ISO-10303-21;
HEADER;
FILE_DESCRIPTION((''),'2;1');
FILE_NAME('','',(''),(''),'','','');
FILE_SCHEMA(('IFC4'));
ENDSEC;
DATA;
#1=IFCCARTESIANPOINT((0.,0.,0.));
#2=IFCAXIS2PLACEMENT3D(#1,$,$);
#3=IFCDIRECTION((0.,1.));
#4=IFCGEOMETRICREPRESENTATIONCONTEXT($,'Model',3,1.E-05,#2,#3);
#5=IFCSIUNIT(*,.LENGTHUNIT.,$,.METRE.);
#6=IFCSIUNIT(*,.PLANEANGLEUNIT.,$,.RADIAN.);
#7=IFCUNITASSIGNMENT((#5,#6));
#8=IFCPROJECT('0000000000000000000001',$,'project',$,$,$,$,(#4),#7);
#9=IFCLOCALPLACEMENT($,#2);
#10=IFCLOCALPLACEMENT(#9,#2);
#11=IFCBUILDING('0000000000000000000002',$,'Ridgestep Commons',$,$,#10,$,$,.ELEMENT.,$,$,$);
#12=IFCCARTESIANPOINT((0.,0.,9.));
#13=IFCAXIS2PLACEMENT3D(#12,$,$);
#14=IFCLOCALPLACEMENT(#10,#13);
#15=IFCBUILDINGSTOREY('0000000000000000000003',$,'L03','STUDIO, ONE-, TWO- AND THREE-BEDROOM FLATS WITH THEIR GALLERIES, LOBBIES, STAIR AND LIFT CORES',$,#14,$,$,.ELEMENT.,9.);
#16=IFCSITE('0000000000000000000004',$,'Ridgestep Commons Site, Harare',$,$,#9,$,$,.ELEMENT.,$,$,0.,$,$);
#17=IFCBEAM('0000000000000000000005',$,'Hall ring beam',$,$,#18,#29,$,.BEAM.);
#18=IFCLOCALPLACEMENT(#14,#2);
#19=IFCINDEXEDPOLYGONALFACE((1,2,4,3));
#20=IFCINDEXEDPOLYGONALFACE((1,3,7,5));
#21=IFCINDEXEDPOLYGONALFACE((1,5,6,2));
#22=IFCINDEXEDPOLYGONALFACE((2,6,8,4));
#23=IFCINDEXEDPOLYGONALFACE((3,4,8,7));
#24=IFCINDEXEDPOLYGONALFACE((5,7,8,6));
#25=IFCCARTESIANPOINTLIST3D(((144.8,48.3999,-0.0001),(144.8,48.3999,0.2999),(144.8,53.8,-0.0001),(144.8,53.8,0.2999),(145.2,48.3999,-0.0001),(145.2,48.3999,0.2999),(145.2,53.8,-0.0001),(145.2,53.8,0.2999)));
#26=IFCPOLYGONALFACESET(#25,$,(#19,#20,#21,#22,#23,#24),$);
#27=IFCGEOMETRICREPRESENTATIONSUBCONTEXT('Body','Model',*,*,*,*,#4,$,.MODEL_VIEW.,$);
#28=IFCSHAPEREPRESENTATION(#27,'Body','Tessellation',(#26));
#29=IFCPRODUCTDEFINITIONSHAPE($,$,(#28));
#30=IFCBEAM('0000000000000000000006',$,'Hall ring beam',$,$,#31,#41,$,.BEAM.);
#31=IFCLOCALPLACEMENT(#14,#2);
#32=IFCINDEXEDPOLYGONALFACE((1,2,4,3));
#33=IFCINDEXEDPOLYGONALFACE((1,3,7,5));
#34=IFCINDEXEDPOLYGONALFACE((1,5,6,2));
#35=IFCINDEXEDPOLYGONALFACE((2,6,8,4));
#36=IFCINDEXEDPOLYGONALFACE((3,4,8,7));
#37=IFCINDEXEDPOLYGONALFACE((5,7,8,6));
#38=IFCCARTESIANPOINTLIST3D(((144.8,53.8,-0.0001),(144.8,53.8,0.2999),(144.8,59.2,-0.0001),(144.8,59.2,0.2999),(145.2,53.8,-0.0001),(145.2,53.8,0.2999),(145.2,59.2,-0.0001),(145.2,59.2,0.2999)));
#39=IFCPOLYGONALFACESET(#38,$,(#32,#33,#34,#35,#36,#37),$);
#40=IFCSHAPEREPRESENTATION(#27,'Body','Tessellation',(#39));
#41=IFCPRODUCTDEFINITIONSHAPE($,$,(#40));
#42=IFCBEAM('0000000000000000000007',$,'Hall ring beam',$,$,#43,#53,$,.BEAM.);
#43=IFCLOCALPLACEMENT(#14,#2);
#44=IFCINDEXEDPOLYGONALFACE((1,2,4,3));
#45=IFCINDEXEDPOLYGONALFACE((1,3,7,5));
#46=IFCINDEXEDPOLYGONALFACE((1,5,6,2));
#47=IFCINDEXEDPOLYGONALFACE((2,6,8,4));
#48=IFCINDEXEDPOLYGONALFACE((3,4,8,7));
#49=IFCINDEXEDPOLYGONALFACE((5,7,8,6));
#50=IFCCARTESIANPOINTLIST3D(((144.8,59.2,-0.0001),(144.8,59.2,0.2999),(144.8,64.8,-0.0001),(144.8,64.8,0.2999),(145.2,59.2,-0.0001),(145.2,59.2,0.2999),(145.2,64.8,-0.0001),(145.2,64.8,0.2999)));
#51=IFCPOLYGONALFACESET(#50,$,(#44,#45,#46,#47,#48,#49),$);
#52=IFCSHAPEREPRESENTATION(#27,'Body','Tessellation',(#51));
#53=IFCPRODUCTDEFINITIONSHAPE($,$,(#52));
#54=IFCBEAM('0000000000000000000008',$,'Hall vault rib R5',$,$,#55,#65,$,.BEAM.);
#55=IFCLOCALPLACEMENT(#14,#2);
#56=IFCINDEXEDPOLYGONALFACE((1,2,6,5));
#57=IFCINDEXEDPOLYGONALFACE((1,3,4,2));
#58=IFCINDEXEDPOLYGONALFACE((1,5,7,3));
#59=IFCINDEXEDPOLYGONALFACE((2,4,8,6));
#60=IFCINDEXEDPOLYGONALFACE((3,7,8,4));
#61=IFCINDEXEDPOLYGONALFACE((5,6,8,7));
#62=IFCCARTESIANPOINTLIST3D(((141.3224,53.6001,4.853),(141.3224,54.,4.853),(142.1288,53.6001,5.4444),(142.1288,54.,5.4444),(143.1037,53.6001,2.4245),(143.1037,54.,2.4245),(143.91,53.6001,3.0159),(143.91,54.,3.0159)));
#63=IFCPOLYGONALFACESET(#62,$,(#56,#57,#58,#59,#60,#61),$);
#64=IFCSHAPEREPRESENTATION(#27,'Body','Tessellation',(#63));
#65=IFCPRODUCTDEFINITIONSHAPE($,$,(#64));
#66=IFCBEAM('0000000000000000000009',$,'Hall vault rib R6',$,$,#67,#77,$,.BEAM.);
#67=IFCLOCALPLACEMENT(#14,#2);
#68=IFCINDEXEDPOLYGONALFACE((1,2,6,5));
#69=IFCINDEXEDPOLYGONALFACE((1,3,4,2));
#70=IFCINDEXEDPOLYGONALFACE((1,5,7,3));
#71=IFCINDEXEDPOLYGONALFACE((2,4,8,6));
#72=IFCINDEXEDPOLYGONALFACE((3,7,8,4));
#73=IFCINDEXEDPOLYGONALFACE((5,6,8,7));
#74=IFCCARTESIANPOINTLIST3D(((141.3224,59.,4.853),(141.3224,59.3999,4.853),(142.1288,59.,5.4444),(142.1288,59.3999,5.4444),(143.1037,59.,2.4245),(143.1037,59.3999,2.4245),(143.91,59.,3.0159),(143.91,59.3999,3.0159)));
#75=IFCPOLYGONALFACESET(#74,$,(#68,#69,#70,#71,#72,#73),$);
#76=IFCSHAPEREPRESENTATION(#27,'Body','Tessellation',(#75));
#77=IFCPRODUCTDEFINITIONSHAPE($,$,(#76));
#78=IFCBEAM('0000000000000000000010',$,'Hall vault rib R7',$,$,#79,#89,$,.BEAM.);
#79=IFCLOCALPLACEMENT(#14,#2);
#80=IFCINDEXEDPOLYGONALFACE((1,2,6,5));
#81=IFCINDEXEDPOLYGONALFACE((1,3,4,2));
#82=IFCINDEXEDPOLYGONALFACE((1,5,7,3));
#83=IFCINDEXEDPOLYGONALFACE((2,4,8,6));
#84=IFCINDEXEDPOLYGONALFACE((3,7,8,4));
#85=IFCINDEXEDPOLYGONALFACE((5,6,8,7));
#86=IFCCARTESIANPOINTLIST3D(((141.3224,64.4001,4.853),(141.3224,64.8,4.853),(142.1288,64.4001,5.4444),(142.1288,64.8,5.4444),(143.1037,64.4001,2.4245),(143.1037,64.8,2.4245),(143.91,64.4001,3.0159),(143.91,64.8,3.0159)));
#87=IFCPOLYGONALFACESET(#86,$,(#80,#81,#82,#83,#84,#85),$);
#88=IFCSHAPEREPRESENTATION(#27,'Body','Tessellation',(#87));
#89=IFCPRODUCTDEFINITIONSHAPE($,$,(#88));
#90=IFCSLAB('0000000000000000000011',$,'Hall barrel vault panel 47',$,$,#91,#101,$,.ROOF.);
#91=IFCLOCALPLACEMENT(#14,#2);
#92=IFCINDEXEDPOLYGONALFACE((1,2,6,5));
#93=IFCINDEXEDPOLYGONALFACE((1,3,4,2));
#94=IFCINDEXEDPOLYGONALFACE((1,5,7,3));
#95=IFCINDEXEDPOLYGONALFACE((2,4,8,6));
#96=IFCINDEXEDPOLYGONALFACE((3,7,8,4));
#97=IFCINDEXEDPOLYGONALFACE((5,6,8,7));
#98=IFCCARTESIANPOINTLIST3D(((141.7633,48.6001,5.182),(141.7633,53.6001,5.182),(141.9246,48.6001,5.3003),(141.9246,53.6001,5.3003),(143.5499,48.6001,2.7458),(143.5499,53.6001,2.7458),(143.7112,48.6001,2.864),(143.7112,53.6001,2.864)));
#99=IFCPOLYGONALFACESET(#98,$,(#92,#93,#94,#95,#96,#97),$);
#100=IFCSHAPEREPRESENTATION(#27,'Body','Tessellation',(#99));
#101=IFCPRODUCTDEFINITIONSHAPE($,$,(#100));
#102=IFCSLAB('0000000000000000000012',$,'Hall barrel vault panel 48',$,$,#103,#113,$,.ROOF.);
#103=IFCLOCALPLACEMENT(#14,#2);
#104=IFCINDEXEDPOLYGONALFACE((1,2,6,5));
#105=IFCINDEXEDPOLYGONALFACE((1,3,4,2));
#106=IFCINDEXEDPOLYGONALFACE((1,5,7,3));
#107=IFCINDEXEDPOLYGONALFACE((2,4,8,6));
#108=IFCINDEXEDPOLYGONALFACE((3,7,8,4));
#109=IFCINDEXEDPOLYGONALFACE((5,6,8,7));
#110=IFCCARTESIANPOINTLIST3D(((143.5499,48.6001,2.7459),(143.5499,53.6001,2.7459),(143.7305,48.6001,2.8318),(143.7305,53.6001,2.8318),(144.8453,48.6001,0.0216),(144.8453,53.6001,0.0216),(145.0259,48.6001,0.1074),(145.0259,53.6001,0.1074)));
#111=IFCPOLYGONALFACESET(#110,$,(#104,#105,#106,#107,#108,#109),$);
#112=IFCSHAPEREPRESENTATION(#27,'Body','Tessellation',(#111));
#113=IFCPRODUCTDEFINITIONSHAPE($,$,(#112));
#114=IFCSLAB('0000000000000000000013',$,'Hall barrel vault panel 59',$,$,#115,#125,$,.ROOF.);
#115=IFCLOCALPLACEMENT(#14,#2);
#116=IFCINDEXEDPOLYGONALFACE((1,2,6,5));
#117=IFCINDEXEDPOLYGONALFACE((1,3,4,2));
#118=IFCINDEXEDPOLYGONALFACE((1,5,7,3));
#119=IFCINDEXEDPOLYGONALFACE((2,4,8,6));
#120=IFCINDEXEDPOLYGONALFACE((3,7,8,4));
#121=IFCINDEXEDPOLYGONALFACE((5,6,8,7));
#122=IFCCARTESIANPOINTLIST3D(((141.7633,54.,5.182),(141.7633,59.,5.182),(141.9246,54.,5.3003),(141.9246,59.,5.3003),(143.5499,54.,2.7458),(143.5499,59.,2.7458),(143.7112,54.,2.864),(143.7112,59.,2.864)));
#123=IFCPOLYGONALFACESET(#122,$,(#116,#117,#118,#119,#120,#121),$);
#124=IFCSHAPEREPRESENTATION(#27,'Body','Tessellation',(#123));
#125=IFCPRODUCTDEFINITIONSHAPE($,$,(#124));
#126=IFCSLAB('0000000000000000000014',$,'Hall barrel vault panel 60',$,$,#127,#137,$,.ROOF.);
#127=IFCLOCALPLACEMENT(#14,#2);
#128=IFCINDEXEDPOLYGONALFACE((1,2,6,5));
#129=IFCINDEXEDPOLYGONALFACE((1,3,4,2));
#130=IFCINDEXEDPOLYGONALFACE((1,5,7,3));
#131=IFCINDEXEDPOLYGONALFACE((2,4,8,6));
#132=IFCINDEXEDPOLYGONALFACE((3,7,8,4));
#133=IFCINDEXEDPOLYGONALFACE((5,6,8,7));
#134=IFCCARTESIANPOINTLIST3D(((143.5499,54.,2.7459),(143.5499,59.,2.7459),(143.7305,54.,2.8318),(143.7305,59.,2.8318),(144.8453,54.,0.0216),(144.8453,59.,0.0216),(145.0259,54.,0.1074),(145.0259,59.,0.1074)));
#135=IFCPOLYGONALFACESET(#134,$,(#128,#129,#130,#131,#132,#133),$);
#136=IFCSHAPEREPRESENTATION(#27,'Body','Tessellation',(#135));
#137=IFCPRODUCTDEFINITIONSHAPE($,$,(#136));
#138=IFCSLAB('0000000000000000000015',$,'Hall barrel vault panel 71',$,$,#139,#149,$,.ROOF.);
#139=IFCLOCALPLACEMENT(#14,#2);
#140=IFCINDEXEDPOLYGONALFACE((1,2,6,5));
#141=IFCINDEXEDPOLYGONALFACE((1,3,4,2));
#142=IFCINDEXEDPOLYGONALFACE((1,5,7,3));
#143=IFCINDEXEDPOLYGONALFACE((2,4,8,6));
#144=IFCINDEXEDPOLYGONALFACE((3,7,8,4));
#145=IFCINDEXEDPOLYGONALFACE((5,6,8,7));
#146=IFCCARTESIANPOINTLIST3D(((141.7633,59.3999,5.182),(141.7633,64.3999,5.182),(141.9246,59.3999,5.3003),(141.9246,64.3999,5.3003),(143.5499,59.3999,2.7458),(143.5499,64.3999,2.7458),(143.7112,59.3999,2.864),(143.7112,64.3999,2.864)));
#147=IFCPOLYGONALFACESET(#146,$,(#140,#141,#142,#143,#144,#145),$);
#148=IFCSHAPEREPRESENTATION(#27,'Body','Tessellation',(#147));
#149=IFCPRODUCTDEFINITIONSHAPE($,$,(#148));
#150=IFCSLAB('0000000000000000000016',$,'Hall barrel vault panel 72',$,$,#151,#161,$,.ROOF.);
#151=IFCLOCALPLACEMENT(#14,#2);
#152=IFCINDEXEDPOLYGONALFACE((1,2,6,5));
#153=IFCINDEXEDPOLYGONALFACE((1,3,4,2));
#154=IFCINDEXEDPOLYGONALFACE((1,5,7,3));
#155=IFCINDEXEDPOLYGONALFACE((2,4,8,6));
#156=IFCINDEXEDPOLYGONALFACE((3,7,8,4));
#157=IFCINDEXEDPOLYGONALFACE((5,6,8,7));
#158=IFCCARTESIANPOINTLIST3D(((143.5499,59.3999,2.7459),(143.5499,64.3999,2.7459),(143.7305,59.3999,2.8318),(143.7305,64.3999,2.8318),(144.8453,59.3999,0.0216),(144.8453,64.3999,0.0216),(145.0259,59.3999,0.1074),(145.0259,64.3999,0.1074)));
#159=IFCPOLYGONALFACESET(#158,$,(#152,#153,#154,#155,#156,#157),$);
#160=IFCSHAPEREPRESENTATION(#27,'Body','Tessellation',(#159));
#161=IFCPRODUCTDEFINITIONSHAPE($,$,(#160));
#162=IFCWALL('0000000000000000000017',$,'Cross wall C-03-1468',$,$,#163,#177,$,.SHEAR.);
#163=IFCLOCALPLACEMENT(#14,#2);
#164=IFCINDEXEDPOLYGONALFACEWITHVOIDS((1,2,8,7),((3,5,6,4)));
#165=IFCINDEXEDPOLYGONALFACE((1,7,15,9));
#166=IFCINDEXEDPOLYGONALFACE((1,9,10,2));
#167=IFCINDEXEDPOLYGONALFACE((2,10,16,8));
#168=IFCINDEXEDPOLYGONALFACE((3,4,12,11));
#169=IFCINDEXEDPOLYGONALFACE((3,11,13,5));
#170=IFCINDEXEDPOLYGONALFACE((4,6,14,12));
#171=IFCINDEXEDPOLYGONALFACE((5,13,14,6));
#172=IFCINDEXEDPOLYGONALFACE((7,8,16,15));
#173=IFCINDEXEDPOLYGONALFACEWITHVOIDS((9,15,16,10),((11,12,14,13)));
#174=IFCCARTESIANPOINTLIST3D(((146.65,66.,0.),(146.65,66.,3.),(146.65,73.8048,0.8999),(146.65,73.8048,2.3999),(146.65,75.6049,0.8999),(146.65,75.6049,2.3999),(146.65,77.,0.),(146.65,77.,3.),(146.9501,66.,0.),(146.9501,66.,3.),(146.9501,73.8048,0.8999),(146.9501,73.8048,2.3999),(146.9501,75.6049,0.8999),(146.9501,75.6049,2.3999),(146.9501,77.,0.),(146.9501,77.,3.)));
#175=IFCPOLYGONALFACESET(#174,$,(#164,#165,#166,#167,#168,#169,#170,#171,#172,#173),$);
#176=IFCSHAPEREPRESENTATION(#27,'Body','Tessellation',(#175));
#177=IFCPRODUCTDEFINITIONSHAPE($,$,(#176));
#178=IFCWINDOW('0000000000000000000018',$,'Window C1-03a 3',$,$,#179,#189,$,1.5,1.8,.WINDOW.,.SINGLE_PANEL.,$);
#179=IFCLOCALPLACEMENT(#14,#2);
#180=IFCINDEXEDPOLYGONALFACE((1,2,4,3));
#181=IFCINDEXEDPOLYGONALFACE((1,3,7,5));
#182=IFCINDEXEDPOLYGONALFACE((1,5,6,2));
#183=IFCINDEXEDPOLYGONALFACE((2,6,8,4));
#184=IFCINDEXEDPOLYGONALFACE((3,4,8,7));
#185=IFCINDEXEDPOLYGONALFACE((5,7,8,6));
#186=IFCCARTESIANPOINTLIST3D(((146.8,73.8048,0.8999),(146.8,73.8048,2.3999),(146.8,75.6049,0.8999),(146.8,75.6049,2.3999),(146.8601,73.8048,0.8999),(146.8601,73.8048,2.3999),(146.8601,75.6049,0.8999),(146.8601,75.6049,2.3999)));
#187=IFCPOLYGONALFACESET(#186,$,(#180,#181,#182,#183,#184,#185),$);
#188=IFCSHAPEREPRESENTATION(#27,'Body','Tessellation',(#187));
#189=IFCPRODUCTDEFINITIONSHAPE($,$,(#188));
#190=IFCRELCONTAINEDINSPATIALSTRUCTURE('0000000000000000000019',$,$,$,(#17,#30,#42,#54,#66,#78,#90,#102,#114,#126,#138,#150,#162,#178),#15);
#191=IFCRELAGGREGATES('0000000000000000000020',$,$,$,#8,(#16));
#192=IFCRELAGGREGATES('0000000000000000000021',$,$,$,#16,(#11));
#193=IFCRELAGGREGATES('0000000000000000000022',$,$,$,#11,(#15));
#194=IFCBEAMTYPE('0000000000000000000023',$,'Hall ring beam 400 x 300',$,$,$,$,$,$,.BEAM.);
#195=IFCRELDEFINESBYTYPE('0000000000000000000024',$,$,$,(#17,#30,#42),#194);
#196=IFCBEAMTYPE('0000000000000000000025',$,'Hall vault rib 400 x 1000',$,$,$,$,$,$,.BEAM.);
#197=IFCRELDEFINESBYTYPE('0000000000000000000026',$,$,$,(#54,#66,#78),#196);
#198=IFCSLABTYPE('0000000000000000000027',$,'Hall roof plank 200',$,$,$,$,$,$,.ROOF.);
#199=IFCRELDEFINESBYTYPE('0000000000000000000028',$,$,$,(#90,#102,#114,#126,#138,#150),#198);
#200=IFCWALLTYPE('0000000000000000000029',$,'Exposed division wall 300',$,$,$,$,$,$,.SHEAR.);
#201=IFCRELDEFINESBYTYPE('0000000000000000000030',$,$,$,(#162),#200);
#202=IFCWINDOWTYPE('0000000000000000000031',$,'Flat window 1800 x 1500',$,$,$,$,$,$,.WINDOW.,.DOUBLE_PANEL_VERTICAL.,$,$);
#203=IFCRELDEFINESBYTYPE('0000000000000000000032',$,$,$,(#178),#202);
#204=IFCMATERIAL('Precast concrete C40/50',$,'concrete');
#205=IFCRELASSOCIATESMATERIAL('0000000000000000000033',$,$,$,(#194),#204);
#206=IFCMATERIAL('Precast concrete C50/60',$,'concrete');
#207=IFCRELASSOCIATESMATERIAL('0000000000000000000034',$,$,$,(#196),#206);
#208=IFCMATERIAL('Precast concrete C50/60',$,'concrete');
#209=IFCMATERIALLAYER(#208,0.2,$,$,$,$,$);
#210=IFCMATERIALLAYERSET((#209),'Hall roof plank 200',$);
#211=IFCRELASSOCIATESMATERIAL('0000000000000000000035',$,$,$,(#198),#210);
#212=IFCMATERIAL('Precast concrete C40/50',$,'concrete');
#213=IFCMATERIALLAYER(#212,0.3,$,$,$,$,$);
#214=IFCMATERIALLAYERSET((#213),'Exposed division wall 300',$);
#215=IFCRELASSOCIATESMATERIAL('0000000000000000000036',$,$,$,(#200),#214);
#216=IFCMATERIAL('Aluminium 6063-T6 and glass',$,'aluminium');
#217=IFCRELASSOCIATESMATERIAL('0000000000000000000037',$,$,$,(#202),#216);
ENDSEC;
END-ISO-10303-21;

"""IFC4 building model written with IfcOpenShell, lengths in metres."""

from ifc_helpers import new_model, si_unit, direction, frame, frame_2d, origin, origin_2d, place, context, subcontext, project, spatial, polyline, rectangle, outline, extrude, material, layer, layer_set, material_profile, profile_set, type_object, element, fill, save


model = new_model("IFC4")

# Units and contexts
model_context = context("Model", 3, precision=1e-05, world=origin(), true_north=direction((0.0, 1.0)))
body_context = subcontext(model_context, "Body", "Model", "MODEL_VIEW")
ifc_project = project(units=[si_unit("LENGTHUNIT", "METRE"), si_unit("PLANEANGLEUNIT", "RADIAN")], contexts=[model_context])

# Site, building, storey
site_placement = place(None, origin())
site = spatial("IfcSite", under=ifc_project, at=site_placement, Name="Ridgestep Commons Site, Harare", CompositionType="ELEMENT", RefElevation=0.0)
building_placement = place(site_placement, origin())
building = spatial("IfcBuilding", under=site, at=building_placement, Name="Ridgestep Commons", CompositionType="ELEMENT")
storey_placement = place(building_placement, frame((0.0, 0.0, 9.0)))
storey = spatial("IfcBuildingStorey", under=building, at=storey_placement, Name="L03", Description="STUDIO, ONE-, TWO- AND THREE-BEDROOM FLATS WITH THEIR GALLERIES, LOBBIES, STAIR AND LIFT CORES", CompositionType="ELEMENT", Elevation=9.0)

# Beams
ifc_material_1 = material(Name="Precast concrete C40/50", Category="concrete")
ifc_material_profile_1 = material_profile(ifc_material_1, rectangle(XDim=0.3999, YDim=0.3, at=origin_2d()), Name="Hall ring beam 400 x 300")
ifc_profile_set_1 = profile_set([ifc_material_profile_1], Name="Precast concrete C40/50")
beam_type_1 = type_object("IfcBeamType", Name="Hall ring beam 400 x 300", PredefinedType="BEAM", material=ifc_profile_set_1)
beam_1_placement = place(storey_placement, frame((145.0, 48.3999, 0.1499), z_axis=(0.0, 1.0, 0.0), x_axis=(-1.0, 0.0, 0.0)))
element("IfcBeam", 1, at=beam_1_placement, inside=storey, type_object=beam_type_1, Name="Hall ring beam", PredefinedType="BEAM", context=body_context, shape_type="SweptSolid", body=[
    extrude(rectangle(XDim=0.3999, YDim=0.3, at=origin_2d()), origin(), (0.0, 0.0, 1.0), 5.4001),
])
beam_2_placement = place(storey_placement, frame((145.0, 53.8, 0.1499), z_axis=(0.0, 1.0, 0.0), x_axis=(-1.0, 0.0, 0.0)))
element("IfcBeam", 2, at=beam_2_placement, inside=storey, type_object=beam_type_1, Name="Hall ring beam", PredefinedType="BEAM", context=body_context, shape_type="SweptSolid", body=[
    extrude(rectangle(XDim=0.3999, YDim=0.3, at=origin_2d()), origin(), (0.0, 0.0, 1.0), 5.3999),
])
beam_3_placement = place(storey_placement, frame((145.0, 59.2, 0.1499), z_axis=(0.0, 1.0, 0.0), x_axis=(-1.0, 0.0, 0.0)))
element("IfcBeam", 3, at=beam_3_placement, inside=storey, type_object=beam_type_1, Name="Hall ring beam", PredefinedType="BEAM", context=body_context, shape_type="SweptSolid", body=[
    extrude(rectangle(XDim=0.3999, YDim=0.3, at=origin_2d()), origin(), (0.0, 0.0, 1.0), 5.6001),
])
ifc_material_2 = material(Name="Precast concrete C50/60", Category="concrete")
ifc_material_profile_2 = material_profile(ifc_material_2, rectangle(XDim=0.3999, YDim=1.0, at=origin_2d()), Name="Hall vault rib 400 x 1000")
ifc_profile_set_2 = profile_set([ifc_material_profile_2], Name="Precast concrete C50/60")
beam_type_2 = type_object("IfcBeamType", Name="Hall vault rib 400 x 1000", PredefinedType="BEAM", material=ifc_profile_set_2)
for number, where, z_axis, x_axis, name in (
    (4, (141.7256, 53.8, 5.1487), (0.591444, 0.0, -0.806346), (0.0, 1.0, 0.0), "Hall vault rib R5"),
    (5, (141.7256, 59.2, 5.1487), (0.591444, 0.0, -0.806346), (0.0, 1.0, 0.0), "Hall vault rib R6"),
    (6, (141.7256, 64.6001, 5.1487), (0.591444, 0.0, -0.806346), (0.0, 1.0, 0.0), "Hall vault rib R7"),
):
    element("IfcBeam", number, at=place(storey_placement, frame(where, z_axis=z_axis, x_axis=x_axis)), inside=storey, type_object=beam_type_2, Name=name, PredefinedType="BEAM", context=body_context, shape_type="SweptSolid", body=[
        extrude(rectangle(XDim=0.3999, YDim=1.0, at=origin_2d()), origin(), (0.0, 0.0, 1.0), 3.0117),
    ])

# Slabs
ifc_material_3 = material(Name="Precast concrete C50/60", Category="concrete")
ifc_layer_1 = layer(ifc_material_3, 0.2)
ifc_layer_set_1 = layer_set([ifc_layer_1], Name="Hall roof plank 200")
slab_type = type_object("IfcSlabType", Name="Hall roof plank 200", PredefinedType="ROOF", material=ifc_layer_set_1)
slab_1_placement = place(storey_placement, frame((141.9246, 48.6001, 5.3003), z_axis=(0.806402, 0.0, 0.591367), x_axis=(0.591367, 0.0, -0.806402)))
element("IfcSlab", 7, at=slab_1_placement, inside=storey, type_object=slab_type, Name="Hall barrel vault panel 47", PredefinedType="ROOF", context=body_context, shape_type="SweptSolid", body=[
    extrude(outline(polyline([(0.0, 0.0), (3.0212, 0.0), (3.0212, 5.0), (0.0, 5.0), (0.0, 0.0)])), origin(), (0.0, 0.0, -1.0), 0.2),
])
slab_2_placement = place(storey_placement, frame((143.7305, 48.6001, 2.8318), z_axis=(0.903106, 0.0, 0.429418), x_axis=(0.429418, 0.0, -0.903106)))
element("IfcSlab", 8, at=slab_2_placement, inside=storey, type_object=slab_type, Name="Hall barrel vault panel 48", PredefinedType="ROOF", context=body_context, shape_type="SweptSolid", body=[
    extrude(outline(polyline([(0.0, 0.0), (3.0167, 0.0), (3.0167, 5.0), (0.0, 5.0), (0.0, 0.0)])), origin(), (0.0, 0.0, -1.0), 0.2),
])
slab_3_placement = place(storey_placement, frame((141.9246, 54.0, 5.3003), z_axis=(0.806402, 0.0, 0.591367), x_axis=(0.591367, 0.0, -0.806402)))
element("IfcSlab", 9, at=slab_3_placement, inside=storey, type_object=slab_type, Name="Hall barrel vault panel 59", PredefinedType="ROOF", context=body_context, shape_type="SweptSolid", body=[
    extrude(outline(polyline([(0.0, 0.0), (3.0212, 0.0), (3.0212, 5.0), (0.0, 5.0), (0.0, 0.0)])), origin(), (0.0, 0.0, -1.0), 0.2),
])
slab_4_placement = place(storey_placement, frame((143.7305, 54.0, 2.8318), z_axis=(0.903106, 0.0, 0.429418), x_axis=(0.429418, 0.0, -0.903106)))
element("IfcSlab", 10, at=slab_4_placement, inside=storey, type_object=slab_type, Name="Hall barrel vault panel 60", PredefinedType="ROOF", context=body_context, shape_type="SweptSolid", body=[
    extrude(outline(polyline([(0.0, 0.0), (3.0167, 0.0), (3.0167, 5.0), (0.0, 5.0), (0.0, 0.0)])), origin(), (0.0, 0.0, -1.0), 0.2),
])
slab_5_placement = place(storey_placement, frame((141.9246, 59.3999, 5.3003), z_axis=(0.806402, 0.0, 0.591367), x_axis=(0.591367, 0.0, -0.806402)))
element("IfcSlab", 11, at=slab_5_placement, inside=storey, type_object=slab_type, Name="Hall barrel vault panel 71", PredefinedType="ROOF", context=body_context, shape_type="SweptSolid", body=[
    extrude(outline(polyline([(0.0, 0.0), (3.0212, 0.0), (3.0212, 5.0), (0.0, 5.0), (0.0, 0.0)])), origin(), (0.0, 0.0, -1.0), 0.2),
])
slab_6_placement = place(storey_placement, frame((143.7305, 59.3999, 2.8318), z_axis=(0.903106, 0.0, 0.429418), x_axis=(0.429418, 0.0, -0.903106)))
element("IfcSlab", 12, at=slab_6_placement, inside=storey, type_object=slab_type, Name="Hall barrel vault panel 72", PredefinedType="ROOF", context=body_context, shape_type="SweptSolid", body=[
    extrude(outline(polyline([(0.0, 0.0), (3.0167, 0.0), (3.0167, 5.0), (0.0, 5.0), (0.0, 0.0)])), origin(), (0.0, 0.0, -1.0), 0.2),
])

# Wall, opening, window
ifc_material_4 = material(Name="Precast concrete C40/50", Category="concrete")
ifc_layer_2 = layer(ifc_material_4, 0.3)
ifc_layer_set_2 = layer_set([ifc_layer_2], Name="Exposed division wall 300")
wall_type = type_object("IfcWallType", Name="Exposed division wall 300", PredefinedType="SHEAR", material=ifc_layer_set_2)
wall_placement = place(storey_placement, frame((146.8, 66.0, 0.0), z_axis=(0.0, 0.0, 1.0), x_axis=(0.0, 1.0, 0.0)))
wall = element("IfcWall", 13, at=wall_placement, inside=storey, type_object=wall_type, Name="Cross wall C-03-1468", PredefinedType="SHEAR", context=body_context, shape_type="SweptSolid", body=[
    extrude(rectangle(XDim=11.0, YDim=0.3, at=frame_2d((5.5, 0.0))), origin(), (0.0, 0.0, 1.0), 3.0),
])
opening_placement = place(wall_placement, frame((7.8049, 0.0, 0.8999)))
opening = element("IfcOpeningElement", 14, at=opening_placement, cuts=wall, PredefinedType="OPENING", context=body_context, shape_type="SweptSolid", body=[
    extrude(rectangle(XDim=1.8, YDim=1.5, at=frame_2d((0.8999, 0.75))), frame((0.0, 0.1599, 0.0), z_axis=(0.0, -1.0, 0.0), x_axis=(1.0, 0.0, 0.0)), (0.0, 0.0, 1.0), 0.3201),
])
ifc_material_5 = material(Name="Aluminium 6063-T6 and glass", Category="aluminium")
window_type = type_object("IfcWindowType", Name="Flat window 1800 x 1500", PartitioningType="DOUBLE_PANEL_VERTICAL", PredefinedType="WINDOW", material=ifc_material_5)
window_placement = place(opening_placement, origin())
window = element("IfcWindow", 15, at=window_placement, inside=storey, type_object=window_type, Name="Window C1-03a 3", OverallHeight=1.5, OverallWidth=1.8, PartitioningType="SINGLE_PANEL", PredefinedType="WINDOW", context=body_context, shape_type="SweptSolid", body=[
    extrude(rectangle(XDim=1.8, YDim=1.5, at=frame_2d((0.8999, 0.75))), frame((0.0, 0.0, 0.0), z_axis=(0.0, -1.0, 0.0), x_axis=(1.0, 0.0, 0.0)), (0.0, 0.0, 1.0), 0.0601),
])
fill(opening, window)

save(model, "model.ifc")
